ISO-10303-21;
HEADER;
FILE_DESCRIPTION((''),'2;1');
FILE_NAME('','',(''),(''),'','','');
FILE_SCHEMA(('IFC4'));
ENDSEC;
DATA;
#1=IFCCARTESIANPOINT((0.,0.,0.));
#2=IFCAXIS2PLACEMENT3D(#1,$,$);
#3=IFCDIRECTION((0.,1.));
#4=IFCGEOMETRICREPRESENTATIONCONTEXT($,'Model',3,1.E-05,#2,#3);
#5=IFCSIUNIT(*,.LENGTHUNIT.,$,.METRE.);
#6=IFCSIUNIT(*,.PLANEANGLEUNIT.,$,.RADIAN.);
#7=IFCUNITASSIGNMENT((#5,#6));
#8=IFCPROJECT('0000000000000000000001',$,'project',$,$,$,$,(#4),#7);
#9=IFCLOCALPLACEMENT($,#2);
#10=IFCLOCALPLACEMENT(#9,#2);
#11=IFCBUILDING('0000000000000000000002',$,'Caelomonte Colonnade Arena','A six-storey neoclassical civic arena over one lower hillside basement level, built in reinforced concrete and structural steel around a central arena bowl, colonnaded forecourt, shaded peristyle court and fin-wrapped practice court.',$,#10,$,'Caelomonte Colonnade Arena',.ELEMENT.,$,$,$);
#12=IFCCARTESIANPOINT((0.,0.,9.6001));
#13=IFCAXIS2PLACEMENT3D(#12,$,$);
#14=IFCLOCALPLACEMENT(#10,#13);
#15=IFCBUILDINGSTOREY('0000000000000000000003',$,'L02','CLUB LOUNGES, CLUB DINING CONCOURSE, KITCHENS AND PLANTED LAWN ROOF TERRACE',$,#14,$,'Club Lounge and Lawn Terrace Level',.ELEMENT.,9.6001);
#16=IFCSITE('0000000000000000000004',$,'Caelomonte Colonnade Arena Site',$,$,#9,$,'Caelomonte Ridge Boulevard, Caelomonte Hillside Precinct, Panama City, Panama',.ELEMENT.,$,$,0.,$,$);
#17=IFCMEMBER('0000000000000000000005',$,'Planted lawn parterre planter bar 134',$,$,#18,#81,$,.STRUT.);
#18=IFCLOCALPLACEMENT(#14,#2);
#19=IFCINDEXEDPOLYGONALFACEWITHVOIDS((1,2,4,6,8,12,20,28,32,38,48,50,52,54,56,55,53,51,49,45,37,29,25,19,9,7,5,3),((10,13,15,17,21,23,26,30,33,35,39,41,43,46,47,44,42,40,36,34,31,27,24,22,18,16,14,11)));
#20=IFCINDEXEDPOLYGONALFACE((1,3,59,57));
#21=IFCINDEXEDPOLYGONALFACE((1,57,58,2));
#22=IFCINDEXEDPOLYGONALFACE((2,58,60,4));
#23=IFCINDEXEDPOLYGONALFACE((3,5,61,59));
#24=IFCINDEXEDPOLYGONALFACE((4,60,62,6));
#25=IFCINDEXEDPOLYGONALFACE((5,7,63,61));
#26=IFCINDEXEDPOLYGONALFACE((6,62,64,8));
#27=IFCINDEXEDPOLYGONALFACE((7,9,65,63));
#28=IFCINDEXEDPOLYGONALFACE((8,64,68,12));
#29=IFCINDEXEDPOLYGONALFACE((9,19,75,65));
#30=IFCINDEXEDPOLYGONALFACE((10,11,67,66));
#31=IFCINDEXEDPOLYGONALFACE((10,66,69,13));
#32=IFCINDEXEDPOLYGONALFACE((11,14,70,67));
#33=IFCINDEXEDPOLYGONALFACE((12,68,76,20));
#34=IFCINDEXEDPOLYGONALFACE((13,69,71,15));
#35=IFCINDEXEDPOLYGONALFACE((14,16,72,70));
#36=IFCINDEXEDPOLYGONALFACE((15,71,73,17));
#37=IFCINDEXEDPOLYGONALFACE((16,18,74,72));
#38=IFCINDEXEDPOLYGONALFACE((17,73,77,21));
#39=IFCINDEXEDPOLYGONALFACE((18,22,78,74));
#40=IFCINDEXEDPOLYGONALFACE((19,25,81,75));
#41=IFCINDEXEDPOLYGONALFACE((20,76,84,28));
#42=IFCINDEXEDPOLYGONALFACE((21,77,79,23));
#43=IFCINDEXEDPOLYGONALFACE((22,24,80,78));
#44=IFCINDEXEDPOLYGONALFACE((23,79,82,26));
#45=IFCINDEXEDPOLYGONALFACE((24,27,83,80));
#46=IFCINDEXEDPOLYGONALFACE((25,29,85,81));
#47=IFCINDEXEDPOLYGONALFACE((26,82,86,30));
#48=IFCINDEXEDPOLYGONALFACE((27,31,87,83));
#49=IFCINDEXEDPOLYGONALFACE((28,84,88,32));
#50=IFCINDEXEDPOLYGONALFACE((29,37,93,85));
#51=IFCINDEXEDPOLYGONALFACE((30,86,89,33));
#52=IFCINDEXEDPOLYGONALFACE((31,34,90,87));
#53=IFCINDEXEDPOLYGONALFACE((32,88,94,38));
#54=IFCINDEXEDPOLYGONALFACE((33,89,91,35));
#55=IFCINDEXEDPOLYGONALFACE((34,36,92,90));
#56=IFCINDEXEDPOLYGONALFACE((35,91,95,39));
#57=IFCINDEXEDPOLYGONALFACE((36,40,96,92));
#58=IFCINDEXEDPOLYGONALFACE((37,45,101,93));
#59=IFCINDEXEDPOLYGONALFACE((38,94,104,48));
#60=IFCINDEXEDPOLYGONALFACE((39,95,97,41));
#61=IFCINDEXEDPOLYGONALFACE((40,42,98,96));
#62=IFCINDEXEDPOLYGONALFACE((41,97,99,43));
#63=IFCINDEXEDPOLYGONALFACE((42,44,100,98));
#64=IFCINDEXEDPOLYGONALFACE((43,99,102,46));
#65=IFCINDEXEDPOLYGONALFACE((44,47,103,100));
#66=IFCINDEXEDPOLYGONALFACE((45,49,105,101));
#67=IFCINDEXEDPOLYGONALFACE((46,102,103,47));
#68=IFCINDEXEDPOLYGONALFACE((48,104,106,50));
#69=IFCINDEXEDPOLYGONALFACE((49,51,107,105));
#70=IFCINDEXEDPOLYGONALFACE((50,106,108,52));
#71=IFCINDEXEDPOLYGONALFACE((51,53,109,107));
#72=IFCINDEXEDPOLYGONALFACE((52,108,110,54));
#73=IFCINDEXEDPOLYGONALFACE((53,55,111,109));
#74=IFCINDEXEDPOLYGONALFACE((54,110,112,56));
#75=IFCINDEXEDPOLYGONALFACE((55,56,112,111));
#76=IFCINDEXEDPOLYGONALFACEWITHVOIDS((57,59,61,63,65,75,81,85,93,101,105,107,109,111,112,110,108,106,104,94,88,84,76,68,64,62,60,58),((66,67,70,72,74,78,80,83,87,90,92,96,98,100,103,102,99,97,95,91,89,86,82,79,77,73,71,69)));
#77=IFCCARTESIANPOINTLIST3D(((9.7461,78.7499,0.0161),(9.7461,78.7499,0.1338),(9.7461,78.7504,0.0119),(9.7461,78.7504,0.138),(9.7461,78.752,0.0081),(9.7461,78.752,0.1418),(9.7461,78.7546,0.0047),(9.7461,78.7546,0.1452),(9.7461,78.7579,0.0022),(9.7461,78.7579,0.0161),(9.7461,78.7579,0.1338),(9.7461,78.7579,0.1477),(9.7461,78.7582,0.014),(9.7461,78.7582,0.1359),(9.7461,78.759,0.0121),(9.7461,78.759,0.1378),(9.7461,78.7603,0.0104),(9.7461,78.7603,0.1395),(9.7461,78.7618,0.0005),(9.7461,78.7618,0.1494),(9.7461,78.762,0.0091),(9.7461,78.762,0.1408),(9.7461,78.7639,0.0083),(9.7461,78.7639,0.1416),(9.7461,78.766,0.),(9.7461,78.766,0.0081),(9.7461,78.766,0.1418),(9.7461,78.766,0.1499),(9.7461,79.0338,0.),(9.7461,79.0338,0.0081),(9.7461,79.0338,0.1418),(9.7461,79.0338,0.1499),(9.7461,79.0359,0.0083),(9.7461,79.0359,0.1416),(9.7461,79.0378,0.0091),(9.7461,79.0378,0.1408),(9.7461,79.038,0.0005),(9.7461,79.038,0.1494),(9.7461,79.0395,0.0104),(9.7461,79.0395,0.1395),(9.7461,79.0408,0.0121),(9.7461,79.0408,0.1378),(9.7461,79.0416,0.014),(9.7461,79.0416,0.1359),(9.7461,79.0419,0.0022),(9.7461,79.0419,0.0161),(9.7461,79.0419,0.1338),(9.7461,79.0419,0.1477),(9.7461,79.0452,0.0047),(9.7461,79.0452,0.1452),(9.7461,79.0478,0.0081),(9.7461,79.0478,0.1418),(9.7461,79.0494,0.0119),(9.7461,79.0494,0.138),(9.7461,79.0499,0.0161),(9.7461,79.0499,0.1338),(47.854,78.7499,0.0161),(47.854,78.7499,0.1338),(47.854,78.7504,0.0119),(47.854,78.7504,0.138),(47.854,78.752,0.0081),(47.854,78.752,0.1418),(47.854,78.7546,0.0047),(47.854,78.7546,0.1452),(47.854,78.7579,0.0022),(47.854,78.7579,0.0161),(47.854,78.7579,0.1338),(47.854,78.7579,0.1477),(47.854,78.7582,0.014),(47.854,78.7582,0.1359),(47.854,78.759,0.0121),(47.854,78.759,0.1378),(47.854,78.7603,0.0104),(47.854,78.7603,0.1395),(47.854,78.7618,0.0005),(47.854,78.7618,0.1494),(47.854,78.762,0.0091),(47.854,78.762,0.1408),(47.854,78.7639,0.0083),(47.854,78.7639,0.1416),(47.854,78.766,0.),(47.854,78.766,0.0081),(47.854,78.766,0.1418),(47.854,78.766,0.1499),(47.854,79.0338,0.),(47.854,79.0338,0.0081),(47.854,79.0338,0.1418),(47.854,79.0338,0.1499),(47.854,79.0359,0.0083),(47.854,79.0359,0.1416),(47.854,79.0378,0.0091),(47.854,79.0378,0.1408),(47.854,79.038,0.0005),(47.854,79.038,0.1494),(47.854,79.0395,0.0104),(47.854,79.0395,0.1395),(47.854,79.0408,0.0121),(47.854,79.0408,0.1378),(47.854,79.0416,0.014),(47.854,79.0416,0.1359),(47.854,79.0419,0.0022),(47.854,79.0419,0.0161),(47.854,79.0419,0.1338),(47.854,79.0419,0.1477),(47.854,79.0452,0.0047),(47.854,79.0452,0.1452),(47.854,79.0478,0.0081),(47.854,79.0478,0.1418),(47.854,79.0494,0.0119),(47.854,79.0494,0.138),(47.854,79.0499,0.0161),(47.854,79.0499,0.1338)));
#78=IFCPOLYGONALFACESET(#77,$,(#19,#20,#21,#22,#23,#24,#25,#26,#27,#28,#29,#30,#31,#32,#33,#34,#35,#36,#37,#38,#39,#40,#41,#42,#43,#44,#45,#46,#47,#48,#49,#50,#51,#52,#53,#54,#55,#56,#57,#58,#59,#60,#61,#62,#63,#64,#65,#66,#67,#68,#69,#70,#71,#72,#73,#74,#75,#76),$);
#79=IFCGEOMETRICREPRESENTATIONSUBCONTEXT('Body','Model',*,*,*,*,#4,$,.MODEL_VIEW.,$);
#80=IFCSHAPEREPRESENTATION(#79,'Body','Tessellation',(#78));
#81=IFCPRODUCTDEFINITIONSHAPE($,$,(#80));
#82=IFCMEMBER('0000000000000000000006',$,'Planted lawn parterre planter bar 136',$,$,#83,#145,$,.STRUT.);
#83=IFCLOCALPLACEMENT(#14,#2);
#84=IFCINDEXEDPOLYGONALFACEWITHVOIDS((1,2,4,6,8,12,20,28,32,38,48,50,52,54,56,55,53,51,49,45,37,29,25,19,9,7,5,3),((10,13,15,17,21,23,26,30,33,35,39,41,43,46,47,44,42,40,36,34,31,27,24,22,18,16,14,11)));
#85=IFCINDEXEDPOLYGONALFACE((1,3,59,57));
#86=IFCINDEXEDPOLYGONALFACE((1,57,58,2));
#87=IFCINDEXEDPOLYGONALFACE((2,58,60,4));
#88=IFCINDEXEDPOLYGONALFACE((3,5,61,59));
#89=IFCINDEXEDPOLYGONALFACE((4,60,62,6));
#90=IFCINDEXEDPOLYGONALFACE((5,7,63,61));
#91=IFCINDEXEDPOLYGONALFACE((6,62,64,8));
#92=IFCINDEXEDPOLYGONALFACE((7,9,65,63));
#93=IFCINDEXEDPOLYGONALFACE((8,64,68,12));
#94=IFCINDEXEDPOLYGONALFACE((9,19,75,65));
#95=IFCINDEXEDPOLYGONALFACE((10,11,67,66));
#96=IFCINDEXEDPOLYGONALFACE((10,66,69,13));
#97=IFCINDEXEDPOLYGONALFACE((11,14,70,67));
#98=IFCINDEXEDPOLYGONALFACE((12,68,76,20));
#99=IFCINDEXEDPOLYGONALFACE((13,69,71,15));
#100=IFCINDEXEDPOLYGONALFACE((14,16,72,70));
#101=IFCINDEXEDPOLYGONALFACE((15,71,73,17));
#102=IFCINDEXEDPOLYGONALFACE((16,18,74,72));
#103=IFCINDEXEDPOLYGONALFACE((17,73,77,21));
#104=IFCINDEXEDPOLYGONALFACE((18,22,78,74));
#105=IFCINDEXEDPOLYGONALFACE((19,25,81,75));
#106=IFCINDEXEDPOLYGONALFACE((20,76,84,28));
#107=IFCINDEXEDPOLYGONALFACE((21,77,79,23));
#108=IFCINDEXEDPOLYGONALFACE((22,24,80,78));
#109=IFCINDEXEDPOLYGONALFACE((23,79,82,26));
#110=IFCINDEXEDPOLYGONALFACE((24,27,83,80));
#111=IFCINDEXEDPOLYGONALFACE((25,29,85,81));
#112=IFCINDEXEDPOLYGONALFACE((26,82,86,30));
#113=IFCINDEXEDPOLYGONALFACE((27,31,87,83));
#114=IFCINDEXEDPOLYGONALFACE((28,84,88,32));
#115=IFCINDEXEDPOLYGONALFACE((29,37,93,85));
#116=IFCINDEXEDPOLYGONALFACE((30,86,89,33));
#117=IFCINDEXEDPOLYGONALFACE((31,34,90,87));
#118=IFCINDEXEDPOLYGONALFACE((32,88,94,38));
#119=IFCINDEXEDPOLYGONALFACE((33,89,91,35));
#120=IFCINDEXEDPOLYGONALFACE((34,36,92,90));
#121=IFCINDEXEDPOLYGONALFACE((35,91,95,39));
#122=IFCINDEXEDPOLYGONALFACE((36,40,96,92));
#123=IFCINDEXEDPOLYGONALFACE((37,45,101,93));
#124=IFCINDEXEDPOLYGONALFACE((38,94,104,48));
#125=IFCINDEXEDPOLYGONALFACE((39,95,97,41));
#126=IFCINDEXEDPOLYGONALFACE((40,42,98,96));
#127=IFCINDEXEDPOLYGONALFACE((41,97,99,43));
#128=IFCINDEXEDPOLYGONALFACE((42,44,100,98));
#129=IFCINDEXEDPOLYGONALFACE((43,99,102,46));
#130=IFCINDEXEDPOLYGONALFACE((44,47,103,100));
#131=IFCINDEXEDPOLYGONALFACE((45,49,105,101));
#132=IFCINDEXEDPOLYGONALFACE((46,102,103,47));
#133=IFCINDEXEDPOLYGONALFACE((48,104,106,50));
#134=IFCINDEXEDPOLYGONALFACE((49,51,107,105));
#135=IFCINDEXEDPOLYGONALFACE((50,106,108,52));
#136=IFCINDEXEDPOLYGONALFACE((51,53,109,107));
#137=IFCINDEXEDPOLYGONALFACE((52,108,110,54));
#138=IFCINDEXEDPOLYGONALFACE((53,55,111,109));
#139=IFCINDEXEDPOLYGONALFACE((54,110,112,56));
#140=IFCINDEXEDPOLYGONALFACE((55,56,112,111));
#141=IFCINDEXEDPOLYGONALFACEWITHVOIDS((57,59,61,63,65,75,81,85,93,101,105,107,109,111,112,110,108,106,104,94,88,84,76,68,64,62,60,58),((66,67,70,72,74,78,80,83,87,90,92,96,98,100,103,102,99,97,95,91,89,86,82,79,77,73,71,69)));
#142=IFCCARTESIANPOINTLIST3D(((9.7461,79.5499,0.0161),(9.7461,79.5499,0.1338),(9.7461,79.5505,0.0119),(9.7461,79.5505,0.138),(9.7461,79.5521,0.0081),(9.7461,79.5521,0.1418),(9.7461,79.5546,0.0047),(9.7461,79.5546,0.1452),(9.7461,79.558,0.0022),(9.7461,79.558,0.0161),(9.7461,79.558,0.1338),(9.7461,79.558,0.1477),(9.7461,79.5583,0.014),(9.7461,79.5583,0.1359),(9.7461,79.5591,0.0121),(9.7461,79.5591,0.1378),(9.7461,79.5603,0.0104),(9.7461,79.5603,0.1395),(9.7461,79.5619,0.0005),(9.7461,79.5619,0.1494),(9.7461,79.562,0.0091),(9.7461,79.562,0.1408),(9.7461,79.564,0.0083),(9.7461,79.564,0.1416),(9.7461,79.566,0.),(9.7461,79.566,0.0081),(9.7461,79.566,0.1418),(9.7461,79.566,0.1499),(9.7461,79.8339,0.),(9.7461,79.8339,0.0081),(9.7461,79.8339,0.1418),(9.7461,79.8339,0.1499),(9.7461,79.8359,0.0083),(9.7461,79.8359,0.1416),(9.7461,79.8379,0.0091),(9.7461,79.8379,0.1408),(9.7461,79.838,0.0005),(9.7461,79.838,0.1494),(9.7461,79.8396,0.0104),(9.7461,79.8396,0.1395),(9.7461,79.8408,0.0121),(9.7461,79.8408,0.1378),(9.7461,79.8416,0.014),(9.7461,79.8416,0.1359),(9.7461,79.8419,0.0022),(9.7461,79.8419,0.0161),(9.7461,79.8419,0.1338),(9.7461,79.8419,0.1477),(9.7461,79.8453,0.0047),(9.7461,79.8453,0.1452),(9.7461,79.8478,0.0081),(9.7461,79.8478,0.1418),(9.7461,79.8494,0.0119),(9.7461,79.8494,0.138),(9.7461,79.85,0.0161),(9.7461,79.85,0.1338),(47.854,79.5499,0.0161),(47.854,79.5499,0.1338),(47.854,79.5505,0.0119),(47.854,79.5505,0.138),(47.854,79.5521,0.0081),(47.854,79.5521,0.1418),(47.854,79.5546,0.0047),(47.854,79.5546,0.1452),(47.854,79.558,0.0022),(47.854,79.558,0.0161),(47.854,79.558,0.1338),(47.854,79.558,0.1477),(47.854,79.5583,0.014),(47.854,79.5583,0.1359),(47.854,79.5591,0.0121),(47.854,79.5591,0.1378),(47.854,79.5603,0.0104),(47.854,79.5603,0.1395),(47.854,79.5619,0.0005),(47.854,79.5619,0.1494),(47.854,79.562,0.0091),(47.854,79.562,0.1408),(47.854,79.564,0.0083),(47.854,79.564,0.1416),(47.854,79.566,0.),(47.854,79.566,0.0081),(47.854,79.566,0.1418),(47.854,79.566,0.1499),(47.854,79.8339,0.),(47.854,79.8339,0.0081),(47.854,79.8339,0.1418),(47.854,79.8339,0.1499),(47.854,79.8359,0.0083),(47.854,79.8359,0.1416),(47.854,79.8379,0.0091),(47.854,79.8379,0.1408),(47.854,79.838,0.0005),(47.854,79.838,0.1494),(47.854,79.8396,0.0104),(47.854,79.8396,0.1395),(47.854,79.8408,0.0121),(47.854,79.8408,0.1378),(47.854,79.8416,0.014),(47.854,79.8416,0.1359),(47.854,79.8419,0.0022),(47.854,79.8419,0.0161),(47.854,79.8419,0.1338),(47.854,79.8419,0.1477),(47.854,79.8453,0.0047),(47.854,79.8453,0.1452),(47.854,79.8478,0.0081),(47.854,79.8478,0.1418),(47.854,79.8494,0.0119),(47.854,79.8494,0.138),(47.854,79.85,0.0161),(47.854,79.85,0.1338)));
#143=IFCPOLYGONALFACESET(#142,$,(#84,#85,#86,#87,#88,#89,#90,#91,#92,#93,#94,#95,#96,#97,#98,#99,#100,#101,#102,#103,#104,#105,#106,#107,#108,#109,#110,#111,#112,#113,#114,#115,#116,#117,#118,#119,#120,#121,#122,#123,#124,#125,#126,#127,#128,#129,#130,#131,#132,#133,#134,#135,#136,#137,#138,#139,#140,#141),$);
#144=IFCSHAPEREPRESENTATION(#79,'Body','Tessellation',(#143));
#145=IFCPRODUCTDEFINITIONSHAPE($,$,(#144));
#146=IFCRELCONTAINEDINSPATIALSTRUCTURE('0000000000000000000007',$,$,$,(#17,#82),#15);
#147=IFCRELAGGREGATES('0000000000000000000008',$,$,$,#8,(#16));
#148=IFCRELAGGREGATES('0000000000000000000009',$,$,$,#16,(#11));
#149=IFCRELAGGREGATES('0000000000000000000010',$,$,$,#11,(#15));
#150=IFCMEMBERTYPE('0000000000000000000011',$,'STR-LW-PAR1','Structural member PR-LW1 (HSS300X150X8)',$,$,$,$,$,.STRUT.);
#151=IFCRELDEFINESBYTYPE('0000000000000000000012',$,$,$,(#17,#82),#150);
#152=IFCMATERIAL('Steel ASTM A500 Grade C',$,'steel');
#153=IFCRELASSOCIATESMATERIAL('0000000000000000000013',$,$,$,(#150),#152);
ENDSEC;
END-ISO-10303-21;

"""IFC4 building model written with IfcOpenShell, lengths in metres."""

from ifc_helpers import new_model, si_unit, direction, frame, origin, origin_2d, place, context, subcontext, project, spatial, hollow_rectangle, extrude, material, material_profile, profile_set, type_object, element, save


model = new_model("IFC4")

# Units and contexts
model_context = context("Model", 3, precision=1e-05, world=origin(), true_north=direction((0.0, 1.0)))
body_context = subcontext(model_context, "Body", "Model", "MODEL_VIEW")
ifc_project = project(units=[si_unit("LENGTHUNIT", "METRE"), si_unit("PLANEANGLEUNIT", "RADIAN")], contexts=[model_context])

# Site, building, storey
site_placement = place(None, origin())
site = spatial("IfcSite", under=ifc_project, at=site_placement, Name="Caelomonte Colonnade Arena Site", LongName="Caelomonte Ridge Boulevard, Caelomonte Hillside Precinct, Panama City, Panama", CompositionType="ELEMENT", RefElevation=0.0)
building_placement = place(site_placement, origin())
building = spatial("IfcBuilding", under=site, at=building_placement, Name="Caelomonte Colonnade Arena", Description="A six-storey neoclassical civic arena over one lower hillside basement level, built in reinforced concrete and structural steel around a central arena bowl, colonnaded forecourt, shaded peristyle court and fin-wrapped practice court.", LongName="Caelomonte Colonnade Arena", CompositionType="ELEMENT")
storey_placement = place(building_placement, frame((0.0, 0.0, 9.6001)))
storey = spatial("IfcBuildingStorey", under=building, at=storey_placement, Name="L02", Description="CLUB LOUNGES, CLUB DINING CONCOURSE, KITCHENS AND PLANTED LAWN ROOF TERRACE", LongName="Club Lounge and Lawn Terrace Level", CompositionType="ELEMENT", Elevation=9.6001)

# Members
ifc_material_1 = material(Name="Steel ASTM A500 Grade C", Category="steel")
ifc_material_profile_1 = material_profile(ifc_material_1, hollow_rectangle(XDim=0.3, YDim=0.1499, WallThickness=0.0081, InnerFilletRadius=0.0081, OuterFilletRadius=0.0161, at=origin_2d()), Name="HSS300X150X8")
ifc_profile_set_1 = profile_set([ifc_material_profile_1], Name="Steel ASTM A500 Grade C")
member_type = type_object("IfcMemberType", Name="STR-LW-PAR1", Description="Structural member PR-LW1 (HSS300X150X8)", PredefinedType="STRUT", material=ifc_profile_set_1)
for number, where, z_axis, x_axis, name in (
    (1, (9.7461, 78.8999, 0.075), (1.0, 0.0, 0.0), (0.0, 1.0, 0.0), "Planted lawn parterre planter bar 134"),
    (2, (9.7461, 79.7, 0.075), (1.0, 0.0, 0.0), (0.0, 1.0, 0.0), "Planted lawn parterre planter bar 136"),
):
    element("IfcMember", number, at=place(storey_placement, frame(where, z_axis=z_axis, x_axis=x_axis)), inside=storey, type_object=member_type, Name=name, PredefinedType="STRUT", context=body_context, shape_type="SweptSolid", body=[
        extrude(hollow_rectangle(XDim=0.3, YDim=0.1499, WallThickness=0.0081, InnerFilletRadius=0.0081, OuterFilletRadius=0.0161, at=origin_2d()), origin(), (0.0, 0.0, 1.0), 38.1079),
    ])

save(model, "model.ifc")
